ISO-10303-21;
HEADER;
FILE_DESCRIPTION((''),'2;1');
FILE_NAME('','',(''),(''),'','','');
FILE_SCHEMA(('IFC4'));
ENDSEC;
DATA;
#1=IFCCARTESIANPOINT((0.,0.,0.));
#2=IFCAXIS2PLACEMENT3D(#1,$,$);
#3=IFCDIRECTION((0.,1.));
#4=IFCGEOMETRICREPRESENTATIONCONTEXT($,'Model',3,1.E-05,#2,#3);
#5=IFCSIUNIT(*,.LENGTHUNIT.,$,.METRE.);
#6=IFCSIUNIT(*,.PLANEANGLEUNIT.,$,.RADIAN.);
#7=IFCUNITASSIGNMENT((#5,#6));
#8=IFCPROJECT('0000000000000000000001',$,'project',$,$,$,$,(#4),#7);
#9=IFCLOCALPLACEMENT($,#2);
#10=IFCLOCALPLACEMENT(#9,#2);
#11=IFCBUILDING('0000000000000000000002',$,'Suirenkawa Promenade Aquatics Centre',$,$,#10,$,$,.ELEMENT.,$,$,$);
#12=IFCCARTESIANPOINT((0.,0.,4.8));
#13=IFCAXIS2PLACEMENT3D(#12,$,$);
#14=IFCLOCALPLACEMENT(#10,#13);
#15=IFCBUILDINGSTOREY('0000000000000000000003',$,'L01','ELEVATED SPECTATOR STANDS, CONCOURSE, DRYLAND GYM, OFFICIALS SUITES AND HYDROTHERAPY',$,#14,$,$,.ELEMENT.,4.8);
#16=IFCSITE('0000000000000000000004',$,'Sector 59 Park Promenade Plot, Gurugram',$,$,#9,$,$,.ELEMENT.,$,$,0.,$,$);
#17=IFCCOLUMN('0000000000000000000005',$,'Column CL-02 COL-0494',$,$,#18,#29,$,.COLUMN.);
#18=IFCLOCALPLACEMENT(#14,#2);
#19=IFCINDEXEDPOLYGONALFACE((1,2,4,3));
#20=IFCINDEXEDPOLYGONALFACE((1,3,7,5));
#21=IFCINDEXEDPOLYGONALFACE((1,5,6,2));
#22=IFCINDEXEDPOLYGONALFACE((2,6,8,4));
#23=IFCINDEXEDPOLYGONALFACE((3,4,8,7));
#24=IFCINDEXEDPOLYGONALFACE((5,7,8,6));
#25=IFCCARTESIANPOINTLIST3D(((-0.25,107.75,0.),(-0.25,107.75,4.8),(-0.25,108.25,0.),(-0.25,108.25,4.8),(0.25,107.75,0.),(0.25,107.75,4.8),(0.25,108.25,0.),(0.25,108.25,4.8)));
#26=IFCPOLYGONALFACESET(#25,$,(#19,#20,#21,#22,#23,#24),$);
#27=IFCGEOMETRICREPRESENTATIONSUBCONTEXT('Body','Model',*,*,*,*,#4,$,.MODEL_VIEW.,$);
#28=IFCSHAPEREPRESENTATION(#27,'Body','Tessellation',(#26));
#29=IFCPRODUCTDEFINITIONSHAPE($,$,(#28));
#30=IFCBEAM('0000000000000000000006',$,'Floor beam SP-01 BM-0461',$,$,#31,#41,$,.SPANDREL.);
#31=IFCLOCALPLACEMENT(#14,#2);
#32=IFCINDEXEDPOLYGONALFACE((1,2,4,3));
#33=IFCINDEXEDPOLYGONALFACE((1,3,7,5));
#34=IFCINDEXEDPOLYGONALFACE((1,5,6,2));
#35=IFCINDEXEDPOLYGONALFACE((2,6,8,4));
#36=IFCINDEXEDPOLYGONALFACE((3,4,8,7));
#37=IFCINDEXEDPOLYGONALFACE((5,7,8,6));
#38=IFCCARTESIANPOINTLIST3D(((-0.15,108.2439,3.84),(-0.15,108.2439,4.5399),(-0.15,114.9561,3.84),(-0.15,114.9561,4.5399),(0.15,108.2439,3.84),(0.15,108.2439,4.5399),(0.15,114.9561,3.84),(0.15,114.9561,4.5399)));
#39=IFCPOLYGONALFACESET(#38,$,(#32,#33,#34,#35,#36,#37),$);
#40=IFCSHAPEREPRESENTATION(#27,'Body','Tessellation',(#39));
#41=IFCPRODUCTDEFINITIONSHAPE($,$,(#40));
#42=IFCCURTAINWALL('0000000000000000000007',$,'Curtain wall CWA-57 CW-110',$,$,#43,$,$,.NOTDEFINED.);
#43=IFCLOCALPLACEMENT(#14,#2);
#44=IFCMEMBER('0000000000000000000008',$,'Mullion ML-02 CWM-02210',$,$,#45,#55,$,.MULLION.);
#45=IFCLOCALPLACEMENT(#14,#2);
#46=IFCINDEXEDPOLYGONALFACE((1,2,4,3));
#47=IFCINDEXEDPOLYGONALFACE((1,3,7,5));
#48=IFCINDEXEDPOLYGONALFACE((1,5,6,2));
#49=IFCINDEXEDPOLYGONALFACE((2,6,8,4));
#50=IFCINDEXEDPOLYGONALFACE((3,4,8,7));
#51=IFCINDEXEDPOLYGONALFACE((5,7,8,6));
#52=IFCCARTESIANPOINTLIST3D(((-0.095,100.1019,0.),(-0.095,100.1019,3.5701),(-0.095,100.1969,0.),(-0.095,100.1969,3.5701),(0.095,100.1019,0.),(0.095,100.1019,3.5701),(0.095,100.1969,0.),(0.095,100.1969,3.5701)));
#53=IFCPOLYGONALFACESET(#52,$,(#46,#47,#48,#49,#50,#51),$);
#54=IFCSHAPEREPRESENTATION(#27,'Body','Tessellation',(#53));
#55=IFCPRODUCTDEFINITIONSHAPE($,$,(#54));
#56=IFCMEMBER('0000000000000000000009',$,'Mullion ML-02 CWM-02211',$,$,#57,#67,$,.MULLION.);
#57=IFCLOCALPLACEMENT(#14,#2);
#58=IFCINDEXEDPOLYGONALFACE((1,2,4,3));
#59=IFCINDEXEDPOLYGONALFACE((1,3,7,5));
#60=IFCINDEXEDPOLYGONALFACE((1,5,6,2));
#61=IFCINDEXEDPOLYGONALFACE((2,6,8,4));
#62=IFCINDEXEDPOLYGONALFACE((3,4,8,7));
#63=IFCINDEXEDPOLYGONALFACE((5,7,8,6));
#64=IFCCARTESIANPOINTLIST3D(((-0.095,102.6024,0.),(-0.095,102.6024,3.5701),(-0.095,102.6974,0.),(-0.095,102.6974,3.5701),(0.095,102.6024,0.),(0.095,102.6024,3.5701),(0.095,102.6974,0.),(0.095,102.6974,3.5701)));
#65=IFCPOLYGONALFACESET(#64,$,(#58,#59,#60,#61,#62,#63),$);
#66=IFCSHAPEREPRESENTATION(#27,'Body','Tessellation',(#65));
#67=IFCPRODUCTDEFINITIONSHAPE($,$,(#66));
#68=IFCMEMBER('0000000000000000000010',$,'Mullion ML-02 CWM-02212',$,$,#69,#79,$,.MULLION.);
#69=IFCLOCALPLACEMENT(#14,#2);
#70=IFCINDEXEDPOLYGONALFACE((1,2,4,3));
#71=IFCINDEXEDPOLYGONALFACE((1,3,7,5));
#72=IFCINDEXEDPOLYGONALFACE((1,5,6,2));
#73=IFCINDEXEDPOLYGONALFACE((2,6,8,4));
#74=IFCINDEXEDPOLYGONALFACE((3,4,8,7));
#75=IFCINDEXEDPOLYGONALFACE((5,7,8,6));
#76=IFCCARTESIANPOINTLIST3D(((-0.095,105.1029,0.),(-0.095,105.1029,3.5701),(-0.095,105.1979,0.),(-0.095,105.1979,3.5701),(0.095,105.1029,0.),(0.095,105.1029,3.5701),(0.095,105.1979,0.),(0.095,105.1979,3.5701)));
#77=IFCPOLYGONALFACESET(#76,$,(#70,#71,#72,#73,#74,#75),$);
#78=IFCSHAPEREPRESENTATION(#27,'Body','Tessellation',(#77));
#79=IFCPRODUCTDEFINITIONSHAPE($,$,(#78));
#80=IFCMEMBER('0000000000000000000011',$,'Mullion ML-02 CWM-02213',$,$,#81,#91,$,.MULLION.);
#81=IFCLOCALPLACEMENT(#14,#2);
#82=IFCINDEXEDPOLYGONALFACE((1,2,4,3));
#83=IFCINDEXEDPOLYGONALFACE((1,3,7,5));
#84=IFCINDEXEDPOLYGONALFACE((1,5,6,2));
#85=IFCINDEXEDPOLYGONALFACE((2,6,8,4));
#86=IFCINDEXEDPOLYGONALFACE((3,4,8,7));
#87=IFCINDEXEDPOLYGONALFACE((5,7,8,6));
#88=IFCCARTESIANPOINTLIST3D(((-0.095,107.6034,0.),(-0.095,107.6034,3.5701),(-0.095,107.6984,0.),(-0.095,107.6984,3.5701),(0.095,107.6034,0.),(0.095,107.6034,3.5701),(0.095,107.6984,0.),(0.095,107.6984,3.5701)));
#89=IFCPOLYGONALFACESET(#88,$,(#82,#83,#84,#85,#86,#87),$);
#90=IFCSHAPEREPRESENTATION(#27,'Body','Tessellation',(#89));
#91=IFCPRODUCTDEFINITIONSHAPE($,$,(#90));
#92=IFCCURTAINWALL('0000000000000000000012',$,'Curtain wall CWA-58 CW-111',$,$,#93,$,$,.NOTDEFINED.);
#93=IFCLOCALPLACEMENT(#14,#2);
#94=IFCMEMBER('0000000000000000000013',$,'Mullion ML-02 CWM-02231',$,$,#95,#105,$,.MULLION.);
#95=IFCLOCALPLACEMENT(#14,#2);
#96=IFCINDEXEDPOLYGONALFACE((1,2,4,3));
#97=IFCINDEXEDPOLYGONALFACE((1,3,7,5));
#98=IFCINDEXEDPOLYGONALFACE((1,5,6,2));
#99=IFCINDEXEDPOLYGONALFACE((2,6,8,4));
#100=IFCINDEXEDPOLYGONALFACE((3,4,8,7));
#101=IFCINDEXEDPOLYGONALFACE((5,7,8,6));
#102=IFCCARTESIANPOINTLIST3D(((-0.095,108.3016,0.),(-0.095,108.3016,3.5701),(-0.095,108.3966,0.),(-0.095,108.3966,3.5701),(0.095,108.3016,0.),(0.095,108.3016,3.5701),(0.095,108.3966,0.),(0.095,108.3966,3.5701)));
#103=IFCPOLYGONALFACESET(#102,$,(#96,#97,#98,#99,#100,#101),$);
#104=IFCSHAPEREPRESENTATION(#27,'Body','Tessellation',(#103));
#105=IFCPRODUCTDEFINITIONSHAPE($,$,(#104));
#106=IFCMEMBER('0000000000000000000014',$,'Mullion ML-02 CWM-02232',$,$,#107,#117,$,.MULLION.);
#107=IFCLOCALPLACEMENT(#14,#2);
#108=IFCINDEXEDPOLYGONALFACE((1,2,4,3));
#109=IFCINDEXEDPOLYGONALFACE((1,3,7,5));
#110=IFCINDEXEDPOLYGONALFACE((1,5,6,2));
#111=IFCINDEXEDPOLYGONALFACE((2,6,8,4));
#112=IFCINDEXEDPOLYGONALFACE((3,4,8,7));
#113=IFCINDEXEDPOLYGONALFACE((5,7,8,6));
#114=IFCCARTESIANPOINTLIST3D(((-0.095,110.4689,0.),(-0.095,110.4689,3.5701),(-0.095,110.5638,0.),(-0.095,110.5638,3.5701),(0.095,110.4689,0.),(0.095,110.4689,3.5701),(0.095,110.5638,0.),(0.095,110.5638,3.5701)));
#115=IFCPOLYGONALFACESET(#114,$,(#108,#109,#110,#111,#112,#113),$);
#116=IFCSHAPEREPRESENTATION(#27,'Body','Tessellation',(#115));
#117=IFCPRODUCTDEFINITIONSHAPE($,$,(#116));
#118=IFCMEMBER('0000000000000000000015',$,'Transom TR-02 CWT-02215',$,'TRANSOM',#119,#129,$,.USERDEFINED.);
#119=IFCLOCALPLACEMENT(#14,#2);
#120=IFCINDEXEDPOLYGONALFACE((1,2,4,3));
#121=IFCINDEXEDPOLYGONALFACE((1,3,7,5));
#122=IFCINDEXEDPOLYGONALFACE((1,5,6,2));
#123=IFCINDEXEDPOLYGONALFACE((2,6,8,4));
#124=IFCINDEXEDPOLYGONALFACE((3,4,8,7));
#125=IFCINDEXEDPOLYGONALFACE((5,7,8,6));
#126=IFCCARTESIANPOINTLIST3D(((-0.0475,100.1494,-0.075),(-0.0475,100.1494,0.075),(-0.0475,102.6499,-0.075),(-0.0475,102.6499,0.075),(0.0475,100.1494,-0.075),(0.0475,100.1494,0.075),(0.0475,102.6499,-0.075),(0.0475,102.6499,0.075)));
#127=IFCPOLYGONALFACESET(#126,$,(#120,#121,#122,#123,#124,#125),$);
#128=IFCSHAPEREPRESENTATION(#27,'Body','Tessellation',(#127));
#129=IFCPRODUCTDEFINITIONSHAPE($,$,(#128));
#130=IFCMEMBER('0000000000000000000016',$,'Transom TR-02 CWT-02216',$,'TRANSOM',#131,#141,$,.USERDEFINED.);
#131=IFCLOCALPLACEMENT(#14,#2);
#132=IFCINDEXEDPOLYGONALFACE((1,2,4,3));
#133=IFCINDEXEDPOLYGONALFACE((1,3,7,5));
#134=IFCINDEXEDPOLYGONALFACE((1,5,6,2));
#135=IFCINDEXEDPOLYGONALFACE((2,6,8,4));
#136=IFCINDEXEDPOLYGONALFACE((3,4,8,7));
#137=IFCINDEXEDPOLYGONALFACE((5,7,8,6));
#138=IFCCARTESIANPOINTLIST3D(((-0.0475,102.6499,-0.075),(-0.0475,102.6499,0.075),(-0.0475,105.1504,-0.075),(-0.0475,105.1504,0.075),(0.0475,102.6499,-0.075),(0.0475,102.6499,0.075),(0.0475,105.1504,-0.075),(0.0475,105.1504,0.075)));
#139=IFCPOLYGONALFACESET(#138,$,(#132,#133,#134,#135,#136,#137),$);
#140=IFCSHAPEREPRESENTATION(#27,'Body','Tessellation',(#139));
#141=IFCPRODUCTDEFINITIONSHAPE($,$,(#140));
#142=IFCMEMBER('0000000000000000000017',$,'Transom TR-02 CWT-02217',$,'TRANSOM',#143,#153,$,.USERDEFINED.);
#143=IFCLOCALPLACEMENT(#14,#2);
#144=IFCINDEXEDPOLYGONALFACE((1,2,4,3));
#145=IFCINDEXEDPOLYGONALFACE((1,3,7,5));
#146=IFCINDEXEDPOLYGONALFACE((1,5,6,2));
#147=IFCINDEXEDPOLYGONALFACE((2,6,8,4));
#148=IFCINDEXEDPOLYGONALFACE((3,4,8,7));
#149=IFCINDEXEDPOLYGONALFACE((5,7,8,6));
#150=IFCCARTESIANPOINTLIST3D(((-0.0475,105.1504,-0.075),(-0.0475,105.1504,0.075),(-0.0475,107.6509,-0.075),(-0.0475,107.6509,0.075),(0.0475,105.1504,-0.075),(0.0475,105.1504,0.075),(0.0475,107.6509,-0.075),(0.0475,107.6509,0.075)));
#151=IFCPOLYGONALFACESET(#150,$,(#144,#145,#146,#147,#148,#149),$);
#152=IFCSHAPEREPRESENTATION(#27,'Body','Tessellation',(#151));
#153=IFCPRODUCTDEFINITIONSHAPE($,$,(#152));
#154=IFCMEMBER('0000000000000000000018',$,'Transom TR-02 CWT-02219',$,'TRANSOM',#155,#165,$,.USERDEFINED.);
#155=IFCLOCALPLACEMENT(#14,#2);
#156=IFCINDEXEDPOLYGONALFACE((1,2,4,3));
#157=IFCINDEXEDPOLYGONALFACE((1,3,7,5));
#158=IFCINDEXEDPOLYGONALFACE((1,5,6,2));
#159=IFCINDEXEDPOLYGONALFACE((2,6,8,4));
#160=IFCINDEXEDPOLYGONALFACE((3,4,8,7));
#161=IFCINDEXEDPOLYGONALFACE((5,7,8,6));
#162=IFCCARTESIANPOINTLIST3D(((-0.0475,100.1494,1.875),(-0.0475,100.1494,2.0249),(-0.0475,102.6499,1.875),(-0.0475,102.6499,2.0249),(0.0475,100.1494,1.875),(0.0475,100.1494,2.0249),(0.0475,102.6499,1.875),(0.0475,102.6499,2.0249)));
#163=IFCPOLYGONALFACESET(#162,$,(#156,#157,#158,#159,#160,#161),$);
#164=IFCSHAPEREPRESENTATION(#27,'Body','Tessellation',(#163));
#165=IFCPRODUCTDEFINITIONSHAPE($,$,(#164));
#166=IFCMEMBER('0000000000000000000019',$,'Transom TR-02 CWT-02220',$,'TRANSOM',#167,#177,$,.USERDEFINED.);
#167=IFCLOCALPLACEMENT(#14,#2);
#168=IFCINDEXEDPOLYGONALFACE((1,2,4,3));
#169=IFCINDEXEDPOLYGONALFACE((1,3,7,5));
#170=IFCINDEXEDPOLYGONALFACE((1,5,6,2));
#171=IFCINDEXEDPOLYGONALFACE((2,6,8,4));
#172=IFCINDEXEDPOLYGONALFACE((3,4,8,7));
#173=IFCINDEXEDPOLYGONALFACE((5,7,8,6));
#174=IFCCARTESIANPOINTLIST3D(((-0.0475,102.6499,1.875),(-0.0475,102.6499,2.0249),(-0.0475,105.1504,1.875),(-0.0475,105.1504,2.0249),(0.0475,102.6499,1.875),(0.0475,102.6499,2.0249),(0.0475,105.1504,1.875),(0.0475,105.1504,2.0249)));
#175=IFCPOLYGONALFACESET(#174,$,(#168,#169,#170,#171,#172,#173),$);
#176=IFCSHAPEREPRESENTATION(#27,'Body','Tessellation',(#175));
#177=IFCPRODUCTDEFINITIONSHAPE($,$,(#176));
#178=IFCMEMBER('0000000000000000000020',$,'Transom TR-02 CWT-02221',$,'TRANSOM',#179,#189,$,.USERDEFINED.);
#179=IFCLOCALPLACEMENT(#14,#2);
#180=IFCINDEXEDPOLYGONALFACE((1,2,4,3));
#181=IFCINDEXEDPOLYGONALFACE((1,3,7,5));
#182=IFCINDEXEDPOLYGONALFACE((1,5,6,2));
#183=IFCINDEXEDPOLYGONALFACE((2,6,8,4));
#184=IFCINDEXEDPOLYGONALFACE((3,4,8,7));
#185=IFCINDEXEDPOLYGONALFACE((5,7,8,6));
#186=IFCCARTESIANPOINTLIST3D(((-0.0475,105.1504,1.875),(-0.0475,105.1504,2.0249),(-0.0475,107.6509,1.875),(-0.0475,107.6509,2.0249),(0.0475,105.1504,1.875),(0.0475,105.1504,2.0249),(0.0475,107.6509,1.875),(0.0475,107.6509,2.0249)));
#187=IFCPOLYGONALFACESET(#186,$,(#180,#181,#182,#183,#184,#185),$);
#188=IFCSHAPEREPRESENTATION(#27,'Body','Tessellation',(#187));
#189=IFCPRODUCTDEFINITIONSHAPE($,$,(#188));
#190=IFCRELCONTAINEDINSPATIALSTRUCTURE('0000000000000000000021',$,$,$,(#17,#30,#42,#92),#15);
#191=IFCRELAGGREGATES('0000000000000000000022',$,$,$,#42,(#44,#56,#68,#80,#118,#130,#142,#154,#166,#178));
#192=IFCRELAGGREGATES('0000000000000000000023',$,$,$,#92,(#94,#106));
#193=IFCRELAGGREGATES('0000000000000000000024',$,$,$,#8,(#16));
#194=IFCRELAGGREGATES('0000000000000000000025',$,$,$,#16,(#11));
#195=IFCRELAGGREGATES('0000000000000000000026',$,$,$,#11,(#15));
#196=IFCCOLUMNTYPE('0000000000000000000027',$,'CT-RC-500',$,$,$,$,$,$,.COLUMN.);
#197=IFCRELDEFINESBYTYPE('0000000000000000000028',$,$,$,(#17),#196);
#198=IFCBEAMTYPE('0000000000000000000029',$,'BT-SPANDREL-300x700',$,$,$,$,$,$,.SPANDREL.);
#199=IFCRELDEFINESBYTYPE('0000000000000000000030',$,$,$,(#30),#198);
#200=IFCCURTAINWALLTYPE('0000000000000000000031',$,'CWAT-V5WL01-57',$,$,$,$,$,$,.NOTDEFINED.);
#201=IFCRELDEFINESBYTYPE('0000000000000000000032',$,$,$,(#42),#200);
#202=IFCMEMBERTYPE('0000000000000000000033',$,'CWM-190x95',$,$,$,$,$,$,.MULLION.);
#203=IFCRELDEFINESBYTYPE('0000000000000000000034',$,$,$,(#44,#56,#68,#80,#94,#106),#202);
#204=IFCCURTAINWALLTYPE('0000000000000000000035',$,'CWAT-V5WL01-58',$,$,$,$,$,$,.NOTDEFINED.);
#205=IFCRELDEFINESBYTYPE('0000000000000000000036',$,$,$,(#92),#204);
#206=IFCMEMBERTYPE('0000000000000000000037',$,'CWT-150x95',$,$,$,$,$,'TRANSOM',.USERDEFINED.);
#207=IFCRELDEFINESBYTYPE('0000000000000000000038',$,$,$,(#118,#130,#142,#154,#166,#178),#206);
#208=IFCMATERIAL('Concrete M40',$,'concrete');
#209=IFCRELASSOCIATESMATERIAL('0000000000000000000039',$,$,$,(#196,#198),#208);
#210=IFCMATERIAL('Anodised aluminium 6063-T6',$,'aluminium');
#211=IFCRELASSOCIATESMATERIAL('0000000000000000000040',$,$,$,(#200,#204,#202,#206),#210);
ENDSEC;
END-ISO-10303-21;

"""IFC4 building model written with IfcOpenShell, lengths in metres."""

from ifc_helpers import new_model, si_unit, direction, frame, origin, origin_2d, place, context, subcontext, project, spatial, rectangle, extrude, material, material_profile, profile_set, type_object, element, aggregate, save


model = new_model("IFC4")

# Units and contexts
model_context = context("Model", 3, precision=1e-05, world=origin(), true_north=direction((0.0, 1.0)))
body_context = subcontext(model_context, "Body", "Model", "MODEL_VIEW")
ifc_project = project(units=[si_unit("LENGTHUNIT", "METRE"), si_unit("PLANEANGLEUNIT", "RADIAN")], contexts=[model_context])

# Site, building, storey
site_placement = place(None, origin())
site = spatial("IfcSite", under=ifc_project, at=site_placement, Name="Sector 59 Park Promenade Plot, Gurugram", CompositionType="ELEMENT", RefElevation=0.0)
building_placement = place(site_placement, origin())
building = spatial("IfcBuilding", under=site, at=building_placement, Name="Suirenkawa Promenade Aquatics Centre", CompositionType="ELEMENT")
storey_placement = place(building_placement, frame((0.0, 0.0, 4.8)))
storey = spatial("IfcBuildingStorey", under=building, at=storey_placement, Name="L01", Description="ELEVATED SPECTATOR STANDS, CONCOURSE, DRYLAND GYM, OFFICIALS SUITES AND HYDROTHERAPY", CompositionType="ELEMENT", Elevation=4.8)

# Column
ifc_material_1 = material(Name="Concrete M40", Category="concrete")
ifc_material_profile_1 = material_profile(ifc_material_1, rectangle(XDim=0.5, YDim=0.5, at=origin_2d()), Name="RC COL 500x500", Category="concrete")
ifc_profile_set_1 = profile_set([ifc_material_profile_1], Name="Concrete M40")
column_type = type_object("IfcColumnType", Name="CT-RC-500", PredefinedType="COLUMN", material=ifc_profile_set_1)
column_placement = place(storey_placement, frame((0.0, 108.0, 0.0), z_axis=(0.0, 0.0, 1.0), x_axis=(1.0, 0.0, 0.0)))
element("IfcColumn", 1, at=column_placement, inside=storey, type_object=column_type, Name="Column CL-02 COL-0494", PredefinedType="COLUMN", context=body_context, shape_type="SweptSolid", body=[
    extrude(rectangle(XDim=0.5, YDim=0.5, at=origin_2d()), origin(), (0.0, 0.0, 1.0), 4.8),
])

# Beam
ifc_material_profile_2 = material_profile(ifc_material_1, rectangle(XDim=0.3, YDim=0.7, at=origin_2d()), Name="RC SPANDREL 300x700", Category="concrete")
ifc_profile_set_2 = profile_set([ifc_material_profile_2], Name="Concrete M40")
beam_type = type_object("IfcBeamType", Name="BT-SPANDREL-300x700", PredefinedType="SPANDREL", material=ifc_profile_set_2)
beam_placement = place(storey_placement, frame((0.0, 108.2439, 4.1899), z_axis=(0.0, 1.0, 0.0), x_axis=(-1.0, 0.0, 0.0)))
element("IfcBeam", 2, at=beam_placement, inside=storey, type_object=beam_type, Name="Floor beam SP-01 BM-0461", PredefinedType="SPANDREL", context=body_context, shape_type="SweptSolid", body=[
    extrude(rectangle(XDim=0.3, YDim=0.7, at=origin_2d()), origin(), (0.0, 0.0, 1.0), 6.7122),
])

# Curtain walls, members
ifc_material_2 = material(Name="Anodised aluminium 6063-T6", Category="aluminium")
curtain_wall_type_1 = type_object("IfcCurtainWallType", Name="CWAT-V5WL01-57", PredefinedType="NOTDEFINED", material=ifc_material_2)
curtain_wall_1_placement = place(storey_placement, origin())
curtain_wall_1 = element("IfcCurtainWall", 3, at=curtain_wall_1_placement, inside=storey, type_object=curtain_wall_type_1, Name="Curtain wall CWA-57 CW-110", PredefinedType="NOTDEFINED")
ifc_material_profile_3 = material_profile(ifc_material_2, rectangle(XDim=0.095, YDim=0.1899, at=origin_2d()), Name="ALU MULL 95x190", Category="aluminium")
ifc_profile_set_3 = profile_set([ifc_material_profile_3], Name="Anodised aluminium 6063-T6")
member_type_1 = type_object("IfcMemberType", Name="CWM-190x95", PredefinedType="MULLION", material=ifc_profile_set_3)
member_1_placement = place(storey_placement, frame((0.0, 100.1494, 0.0), z_axis=(0.0, 0.0, 1.0), x_axis=(0.0, 1.0, 0.0)))
member_1 = element("IfcMember", 4, at=member_1_placement, type_object=member_type_1, Name="Mullion ML-02 CWM-02210", PredefinedType="MULLION", context=body_context, shape_type="SweptSolid", body=[
    extrude(rectangle(XDim=0.095, YDim=0.1899, at=origin_2d()), origin(), (0.0, 0.0, 1.0), 3.5701),
])
member_2_placement = place(storey_placement, frame((0.0, 102.6499, 0.0), z_axis=(0.0, 0.0, 1.0), x_axis=(0.0, 1.0, 0.0)))
member_2 = element("IfcMember", 5, at=member_2_placement, type_object=member_type_1, Name="Mullion ML-02 CWM-02211", PredefinedType="MULLION", context=body_context, shape_type="SweptSolid", body=[
    extrude(rectangle(XDim=0.095, YDim=0.1899, at=origin_2d()), origin(), (0.0, 0.0, 1.0), 3.5701),
])
member_3_placement = place(storey_placement, frame((0.0, 105.1504, 0.0), z_axis=(0.0, 0.0, 1.0), x_axis=(0.0, 1.0, 0.0)))
member_3 = element("IfcMember", 6, at=member_3_placement, type_object=member_type_1, Name="Mullion ML-02 CWM-02212", PredefinedType="MULLION", context=body_context, shape_type="SweptSolid", body=[
    extrude(rectangle(XDim=0.095, YDim=0.1899, at=origin_2d()), origin(), (0.0, 0.0, 1.0), 3.5701),
])
member_4_placement = place(storey_placement, frame((0.0, 107.6509, 0.0), z_axis=(0.0, 0.0, 1.0), x_axis=(0.0, 1.0, 0.0)))
member_4 = element("IfcMember", 7, at=member_4_placement, type_object=member_type_1, Name="Mullion ML-02 CWM-02213", PredefinedType="MULLION", context=body_context, shape_type="SweptSolid", body=[
    extrude(rectangle(XDim=0.095, YDim=0.1899, at=origin_2d()), origin(), (0.0, 0.0, 1.0), 3.5701),
])
curtain_wall_type_2 = type_object("IfcCurtainWallType", Name="CWAT-V5WL01-58", PredefinedType="NOTDEFINED", material=ifc_material_2)
curtain_wall_2_placement = place(storey_placement, origin())
curtain_wall_2 = element("IfcCurtainWall", 8, at=curtain_wall_2_placement, inside=storey, type_object=curtain_wall_type_2, Name="Curtain wall CWA-58 CW-111", PredefinedType="NOTDEFINED")
member_5_placement = place(storey_placement, frame((0.0, 108.3491, 0.0), z_axis=(0.0, 0.0, 1.0), x_axis=(0.0, 1.0, 0.0)))
member_5 = element("IfcMember", 9, at=member_5_placement, type_object=member_type_1, Name="Mullion ML-02 CWM-02231", PredefinedType="MULLION", context=body_context, shape_type="SweptSolid", body=[
    extrude(rectangle(XDim=0.095, YDim=0.1899, at=origin_2d()), origin(), (0.0, 0.0, 1.0), 3.5701),
])
member_6_placement = place(storey_placement, frame((0.0, 110.5164, 0.0), z_axis=(0.0, 0.0, 1.0), x_axis=(0.0, 1.0, 0.0)))
member_6 = element("IfcMember", 10, at=member_6_placement, type_object=member_type_1, Name="Mullion ML-02 CWM-02232", PredefinedType="MULLION", context=body_context, shape_type="SweptSolid", body=[
    extrude(rectangle(XDim=0.095, YDim=0.1899, at=origin_2d()), origin(), (0.0, 0.0, 1.0), 3.5701),
])

# Members
ifc_material_profile_4 = material_profile(ifc_material_2, rectangle(XDim=0.095, YDim=0.1499, at=origin_2d()), Name="ALU TRAN 95x150", Category="aluminium")
ifc_profile_set_4 = profile_set([ifc_material_profile_4], Name="Anodised aluminium 6063-T6")
member_type_2 = type_object("IfcMemberType", Name="CWT-150x95", ElementType="TRANSOM", PredefinedType="USERDEFINED", material=ifc_profile_set_4)
member_7_placement = place(storey_placement, frame((0.0, 100.1494, 0.0), z_axis=(0.0, 1.0, 0.0), x_axis=(-1.0, 0.0, 0.0)))
member_7 = element("IfcMember", 11, at=member_7_placement, type_object=member_type_2, Name="Transom TR-02 CWT-02215", ObjectType="TRANSOM", PredefinedType="USERDEFINED", context=body_context, shape_type="SweptSolid", body=[
    extrude(rectangle(XDim=0.095, YDim=0.1499, at=origin_2d()), origin(), (0.0, 0.0, 1.0), 2.5005),
])
member_8_placement = place(storey_placement, frame((0.0, 102.6499, 0.0), z_axis=(0.0, 1.0, 0.0), x_axis=(-1.0, 0.0, 0.0)))
member_8 = element("IfcMember", 12, at=member_8_placement, type_object=member_type_2, Name="Transom TR-02 CWT-02216", ObjectType="TRANSOM", PredefinedType="USERDEFINED", context=body_context, shape_type="SweptSolid", body=[
    extrude(rectangle(XDim=0.095, YDim=0.1499, at=origin_2d()), origin(), (0.0, 0.0, 1.0), 2.5005),
])
member_9_placement = place(storey_placement, frame((0.0, 105.1504, 0.0), z_axis=(0.0, 1.0, 0.0), x_axis=(-1.0, 0.0, 0.0)))
member_9 = element("IfcMember", 13, at=member_9_placement, type_object=member_type_2, Name="Transom TR-02 CWT-02217", ObjectType="TRANSOM", PredefinedType="USERDEFINED", context=body_context, shape_type="SweptSolid", body=[
    extrude(rectangle(XDim=0.095, YDim=0.1499, at=origin_2d()), origin(), (0.0, 0.0, 1.0), 2.5005),
])
member_10_placement = place(storey_placement, frame((0.0, 100.1494, 1.95), z_axis=(0.0, 1.0, 0.0), x_axis=(-1.0, 0.0, 0.0)))
member_10 = element("IfcMember", 14, at=member_10_placement, type_object=member_type_2, Name="Transom TR-02 CWT-02219", ObjectType="TRANSOM", PredefinedType="USERDEFINED", context=body_context, shape_type="SweptSolid", body=[
    extrude(rectangle(XDim=0.095, YDim=0.1499, at=origin_2d()), origin(), (0.0, 0.0, 1.0), 2.5005),
])
member_11_placement = place(storey_placement, frame((0.0, 102.6499, 1.95), z_axis=(0.0, 1.0, 0.0), x_axis=(-1.0, 0.0, 0.0)))
member_11 = element("IfcMember", 15, at=member_11_placement, type_object=member_type_2, Name="Transom TR-02 CWT-02220", ObjectType="TRANSOM", PredefinedType="USERDEFINED", context=body_context, shape_type="SweptSolid", body=[
    extrude(rectangle(XDim=0.095, YDim=0.1499, at=origin_2d()), origin(), (0.0, 0.0, 1.0), 2.5005),
])
member_12_placement = place(storey_placement, frame((0.0, 105.1504, 1.95), z_axis=(0.0, 1.0, 0.0), x_axis=(-1.0, 0.0, 0.0)))
member_12 = element("IfcMember", 16, at=member_12_placement, type_object=member_type_2, Name="Transom TR-02 CWT-02221", ObjectType="TRANSOM", PredefinedType="USERDEFINED", context=body_context, shape_type="SweptSolid", body=[
    extrude(rectangle(XDim=0.095, YDim=0.1499, at=origin_2d()), origin(), (0.0, 0.0, 1.0), 2.5005),
])

aggregate(curtain_wall_1, [member_1, member_2, member_3, member_4, member_7, member_8, member_9, member_10, member_11, member_12])
aggregate(curtain_wall_2, [member_5, member_6])

save(model, "model.ifc")
